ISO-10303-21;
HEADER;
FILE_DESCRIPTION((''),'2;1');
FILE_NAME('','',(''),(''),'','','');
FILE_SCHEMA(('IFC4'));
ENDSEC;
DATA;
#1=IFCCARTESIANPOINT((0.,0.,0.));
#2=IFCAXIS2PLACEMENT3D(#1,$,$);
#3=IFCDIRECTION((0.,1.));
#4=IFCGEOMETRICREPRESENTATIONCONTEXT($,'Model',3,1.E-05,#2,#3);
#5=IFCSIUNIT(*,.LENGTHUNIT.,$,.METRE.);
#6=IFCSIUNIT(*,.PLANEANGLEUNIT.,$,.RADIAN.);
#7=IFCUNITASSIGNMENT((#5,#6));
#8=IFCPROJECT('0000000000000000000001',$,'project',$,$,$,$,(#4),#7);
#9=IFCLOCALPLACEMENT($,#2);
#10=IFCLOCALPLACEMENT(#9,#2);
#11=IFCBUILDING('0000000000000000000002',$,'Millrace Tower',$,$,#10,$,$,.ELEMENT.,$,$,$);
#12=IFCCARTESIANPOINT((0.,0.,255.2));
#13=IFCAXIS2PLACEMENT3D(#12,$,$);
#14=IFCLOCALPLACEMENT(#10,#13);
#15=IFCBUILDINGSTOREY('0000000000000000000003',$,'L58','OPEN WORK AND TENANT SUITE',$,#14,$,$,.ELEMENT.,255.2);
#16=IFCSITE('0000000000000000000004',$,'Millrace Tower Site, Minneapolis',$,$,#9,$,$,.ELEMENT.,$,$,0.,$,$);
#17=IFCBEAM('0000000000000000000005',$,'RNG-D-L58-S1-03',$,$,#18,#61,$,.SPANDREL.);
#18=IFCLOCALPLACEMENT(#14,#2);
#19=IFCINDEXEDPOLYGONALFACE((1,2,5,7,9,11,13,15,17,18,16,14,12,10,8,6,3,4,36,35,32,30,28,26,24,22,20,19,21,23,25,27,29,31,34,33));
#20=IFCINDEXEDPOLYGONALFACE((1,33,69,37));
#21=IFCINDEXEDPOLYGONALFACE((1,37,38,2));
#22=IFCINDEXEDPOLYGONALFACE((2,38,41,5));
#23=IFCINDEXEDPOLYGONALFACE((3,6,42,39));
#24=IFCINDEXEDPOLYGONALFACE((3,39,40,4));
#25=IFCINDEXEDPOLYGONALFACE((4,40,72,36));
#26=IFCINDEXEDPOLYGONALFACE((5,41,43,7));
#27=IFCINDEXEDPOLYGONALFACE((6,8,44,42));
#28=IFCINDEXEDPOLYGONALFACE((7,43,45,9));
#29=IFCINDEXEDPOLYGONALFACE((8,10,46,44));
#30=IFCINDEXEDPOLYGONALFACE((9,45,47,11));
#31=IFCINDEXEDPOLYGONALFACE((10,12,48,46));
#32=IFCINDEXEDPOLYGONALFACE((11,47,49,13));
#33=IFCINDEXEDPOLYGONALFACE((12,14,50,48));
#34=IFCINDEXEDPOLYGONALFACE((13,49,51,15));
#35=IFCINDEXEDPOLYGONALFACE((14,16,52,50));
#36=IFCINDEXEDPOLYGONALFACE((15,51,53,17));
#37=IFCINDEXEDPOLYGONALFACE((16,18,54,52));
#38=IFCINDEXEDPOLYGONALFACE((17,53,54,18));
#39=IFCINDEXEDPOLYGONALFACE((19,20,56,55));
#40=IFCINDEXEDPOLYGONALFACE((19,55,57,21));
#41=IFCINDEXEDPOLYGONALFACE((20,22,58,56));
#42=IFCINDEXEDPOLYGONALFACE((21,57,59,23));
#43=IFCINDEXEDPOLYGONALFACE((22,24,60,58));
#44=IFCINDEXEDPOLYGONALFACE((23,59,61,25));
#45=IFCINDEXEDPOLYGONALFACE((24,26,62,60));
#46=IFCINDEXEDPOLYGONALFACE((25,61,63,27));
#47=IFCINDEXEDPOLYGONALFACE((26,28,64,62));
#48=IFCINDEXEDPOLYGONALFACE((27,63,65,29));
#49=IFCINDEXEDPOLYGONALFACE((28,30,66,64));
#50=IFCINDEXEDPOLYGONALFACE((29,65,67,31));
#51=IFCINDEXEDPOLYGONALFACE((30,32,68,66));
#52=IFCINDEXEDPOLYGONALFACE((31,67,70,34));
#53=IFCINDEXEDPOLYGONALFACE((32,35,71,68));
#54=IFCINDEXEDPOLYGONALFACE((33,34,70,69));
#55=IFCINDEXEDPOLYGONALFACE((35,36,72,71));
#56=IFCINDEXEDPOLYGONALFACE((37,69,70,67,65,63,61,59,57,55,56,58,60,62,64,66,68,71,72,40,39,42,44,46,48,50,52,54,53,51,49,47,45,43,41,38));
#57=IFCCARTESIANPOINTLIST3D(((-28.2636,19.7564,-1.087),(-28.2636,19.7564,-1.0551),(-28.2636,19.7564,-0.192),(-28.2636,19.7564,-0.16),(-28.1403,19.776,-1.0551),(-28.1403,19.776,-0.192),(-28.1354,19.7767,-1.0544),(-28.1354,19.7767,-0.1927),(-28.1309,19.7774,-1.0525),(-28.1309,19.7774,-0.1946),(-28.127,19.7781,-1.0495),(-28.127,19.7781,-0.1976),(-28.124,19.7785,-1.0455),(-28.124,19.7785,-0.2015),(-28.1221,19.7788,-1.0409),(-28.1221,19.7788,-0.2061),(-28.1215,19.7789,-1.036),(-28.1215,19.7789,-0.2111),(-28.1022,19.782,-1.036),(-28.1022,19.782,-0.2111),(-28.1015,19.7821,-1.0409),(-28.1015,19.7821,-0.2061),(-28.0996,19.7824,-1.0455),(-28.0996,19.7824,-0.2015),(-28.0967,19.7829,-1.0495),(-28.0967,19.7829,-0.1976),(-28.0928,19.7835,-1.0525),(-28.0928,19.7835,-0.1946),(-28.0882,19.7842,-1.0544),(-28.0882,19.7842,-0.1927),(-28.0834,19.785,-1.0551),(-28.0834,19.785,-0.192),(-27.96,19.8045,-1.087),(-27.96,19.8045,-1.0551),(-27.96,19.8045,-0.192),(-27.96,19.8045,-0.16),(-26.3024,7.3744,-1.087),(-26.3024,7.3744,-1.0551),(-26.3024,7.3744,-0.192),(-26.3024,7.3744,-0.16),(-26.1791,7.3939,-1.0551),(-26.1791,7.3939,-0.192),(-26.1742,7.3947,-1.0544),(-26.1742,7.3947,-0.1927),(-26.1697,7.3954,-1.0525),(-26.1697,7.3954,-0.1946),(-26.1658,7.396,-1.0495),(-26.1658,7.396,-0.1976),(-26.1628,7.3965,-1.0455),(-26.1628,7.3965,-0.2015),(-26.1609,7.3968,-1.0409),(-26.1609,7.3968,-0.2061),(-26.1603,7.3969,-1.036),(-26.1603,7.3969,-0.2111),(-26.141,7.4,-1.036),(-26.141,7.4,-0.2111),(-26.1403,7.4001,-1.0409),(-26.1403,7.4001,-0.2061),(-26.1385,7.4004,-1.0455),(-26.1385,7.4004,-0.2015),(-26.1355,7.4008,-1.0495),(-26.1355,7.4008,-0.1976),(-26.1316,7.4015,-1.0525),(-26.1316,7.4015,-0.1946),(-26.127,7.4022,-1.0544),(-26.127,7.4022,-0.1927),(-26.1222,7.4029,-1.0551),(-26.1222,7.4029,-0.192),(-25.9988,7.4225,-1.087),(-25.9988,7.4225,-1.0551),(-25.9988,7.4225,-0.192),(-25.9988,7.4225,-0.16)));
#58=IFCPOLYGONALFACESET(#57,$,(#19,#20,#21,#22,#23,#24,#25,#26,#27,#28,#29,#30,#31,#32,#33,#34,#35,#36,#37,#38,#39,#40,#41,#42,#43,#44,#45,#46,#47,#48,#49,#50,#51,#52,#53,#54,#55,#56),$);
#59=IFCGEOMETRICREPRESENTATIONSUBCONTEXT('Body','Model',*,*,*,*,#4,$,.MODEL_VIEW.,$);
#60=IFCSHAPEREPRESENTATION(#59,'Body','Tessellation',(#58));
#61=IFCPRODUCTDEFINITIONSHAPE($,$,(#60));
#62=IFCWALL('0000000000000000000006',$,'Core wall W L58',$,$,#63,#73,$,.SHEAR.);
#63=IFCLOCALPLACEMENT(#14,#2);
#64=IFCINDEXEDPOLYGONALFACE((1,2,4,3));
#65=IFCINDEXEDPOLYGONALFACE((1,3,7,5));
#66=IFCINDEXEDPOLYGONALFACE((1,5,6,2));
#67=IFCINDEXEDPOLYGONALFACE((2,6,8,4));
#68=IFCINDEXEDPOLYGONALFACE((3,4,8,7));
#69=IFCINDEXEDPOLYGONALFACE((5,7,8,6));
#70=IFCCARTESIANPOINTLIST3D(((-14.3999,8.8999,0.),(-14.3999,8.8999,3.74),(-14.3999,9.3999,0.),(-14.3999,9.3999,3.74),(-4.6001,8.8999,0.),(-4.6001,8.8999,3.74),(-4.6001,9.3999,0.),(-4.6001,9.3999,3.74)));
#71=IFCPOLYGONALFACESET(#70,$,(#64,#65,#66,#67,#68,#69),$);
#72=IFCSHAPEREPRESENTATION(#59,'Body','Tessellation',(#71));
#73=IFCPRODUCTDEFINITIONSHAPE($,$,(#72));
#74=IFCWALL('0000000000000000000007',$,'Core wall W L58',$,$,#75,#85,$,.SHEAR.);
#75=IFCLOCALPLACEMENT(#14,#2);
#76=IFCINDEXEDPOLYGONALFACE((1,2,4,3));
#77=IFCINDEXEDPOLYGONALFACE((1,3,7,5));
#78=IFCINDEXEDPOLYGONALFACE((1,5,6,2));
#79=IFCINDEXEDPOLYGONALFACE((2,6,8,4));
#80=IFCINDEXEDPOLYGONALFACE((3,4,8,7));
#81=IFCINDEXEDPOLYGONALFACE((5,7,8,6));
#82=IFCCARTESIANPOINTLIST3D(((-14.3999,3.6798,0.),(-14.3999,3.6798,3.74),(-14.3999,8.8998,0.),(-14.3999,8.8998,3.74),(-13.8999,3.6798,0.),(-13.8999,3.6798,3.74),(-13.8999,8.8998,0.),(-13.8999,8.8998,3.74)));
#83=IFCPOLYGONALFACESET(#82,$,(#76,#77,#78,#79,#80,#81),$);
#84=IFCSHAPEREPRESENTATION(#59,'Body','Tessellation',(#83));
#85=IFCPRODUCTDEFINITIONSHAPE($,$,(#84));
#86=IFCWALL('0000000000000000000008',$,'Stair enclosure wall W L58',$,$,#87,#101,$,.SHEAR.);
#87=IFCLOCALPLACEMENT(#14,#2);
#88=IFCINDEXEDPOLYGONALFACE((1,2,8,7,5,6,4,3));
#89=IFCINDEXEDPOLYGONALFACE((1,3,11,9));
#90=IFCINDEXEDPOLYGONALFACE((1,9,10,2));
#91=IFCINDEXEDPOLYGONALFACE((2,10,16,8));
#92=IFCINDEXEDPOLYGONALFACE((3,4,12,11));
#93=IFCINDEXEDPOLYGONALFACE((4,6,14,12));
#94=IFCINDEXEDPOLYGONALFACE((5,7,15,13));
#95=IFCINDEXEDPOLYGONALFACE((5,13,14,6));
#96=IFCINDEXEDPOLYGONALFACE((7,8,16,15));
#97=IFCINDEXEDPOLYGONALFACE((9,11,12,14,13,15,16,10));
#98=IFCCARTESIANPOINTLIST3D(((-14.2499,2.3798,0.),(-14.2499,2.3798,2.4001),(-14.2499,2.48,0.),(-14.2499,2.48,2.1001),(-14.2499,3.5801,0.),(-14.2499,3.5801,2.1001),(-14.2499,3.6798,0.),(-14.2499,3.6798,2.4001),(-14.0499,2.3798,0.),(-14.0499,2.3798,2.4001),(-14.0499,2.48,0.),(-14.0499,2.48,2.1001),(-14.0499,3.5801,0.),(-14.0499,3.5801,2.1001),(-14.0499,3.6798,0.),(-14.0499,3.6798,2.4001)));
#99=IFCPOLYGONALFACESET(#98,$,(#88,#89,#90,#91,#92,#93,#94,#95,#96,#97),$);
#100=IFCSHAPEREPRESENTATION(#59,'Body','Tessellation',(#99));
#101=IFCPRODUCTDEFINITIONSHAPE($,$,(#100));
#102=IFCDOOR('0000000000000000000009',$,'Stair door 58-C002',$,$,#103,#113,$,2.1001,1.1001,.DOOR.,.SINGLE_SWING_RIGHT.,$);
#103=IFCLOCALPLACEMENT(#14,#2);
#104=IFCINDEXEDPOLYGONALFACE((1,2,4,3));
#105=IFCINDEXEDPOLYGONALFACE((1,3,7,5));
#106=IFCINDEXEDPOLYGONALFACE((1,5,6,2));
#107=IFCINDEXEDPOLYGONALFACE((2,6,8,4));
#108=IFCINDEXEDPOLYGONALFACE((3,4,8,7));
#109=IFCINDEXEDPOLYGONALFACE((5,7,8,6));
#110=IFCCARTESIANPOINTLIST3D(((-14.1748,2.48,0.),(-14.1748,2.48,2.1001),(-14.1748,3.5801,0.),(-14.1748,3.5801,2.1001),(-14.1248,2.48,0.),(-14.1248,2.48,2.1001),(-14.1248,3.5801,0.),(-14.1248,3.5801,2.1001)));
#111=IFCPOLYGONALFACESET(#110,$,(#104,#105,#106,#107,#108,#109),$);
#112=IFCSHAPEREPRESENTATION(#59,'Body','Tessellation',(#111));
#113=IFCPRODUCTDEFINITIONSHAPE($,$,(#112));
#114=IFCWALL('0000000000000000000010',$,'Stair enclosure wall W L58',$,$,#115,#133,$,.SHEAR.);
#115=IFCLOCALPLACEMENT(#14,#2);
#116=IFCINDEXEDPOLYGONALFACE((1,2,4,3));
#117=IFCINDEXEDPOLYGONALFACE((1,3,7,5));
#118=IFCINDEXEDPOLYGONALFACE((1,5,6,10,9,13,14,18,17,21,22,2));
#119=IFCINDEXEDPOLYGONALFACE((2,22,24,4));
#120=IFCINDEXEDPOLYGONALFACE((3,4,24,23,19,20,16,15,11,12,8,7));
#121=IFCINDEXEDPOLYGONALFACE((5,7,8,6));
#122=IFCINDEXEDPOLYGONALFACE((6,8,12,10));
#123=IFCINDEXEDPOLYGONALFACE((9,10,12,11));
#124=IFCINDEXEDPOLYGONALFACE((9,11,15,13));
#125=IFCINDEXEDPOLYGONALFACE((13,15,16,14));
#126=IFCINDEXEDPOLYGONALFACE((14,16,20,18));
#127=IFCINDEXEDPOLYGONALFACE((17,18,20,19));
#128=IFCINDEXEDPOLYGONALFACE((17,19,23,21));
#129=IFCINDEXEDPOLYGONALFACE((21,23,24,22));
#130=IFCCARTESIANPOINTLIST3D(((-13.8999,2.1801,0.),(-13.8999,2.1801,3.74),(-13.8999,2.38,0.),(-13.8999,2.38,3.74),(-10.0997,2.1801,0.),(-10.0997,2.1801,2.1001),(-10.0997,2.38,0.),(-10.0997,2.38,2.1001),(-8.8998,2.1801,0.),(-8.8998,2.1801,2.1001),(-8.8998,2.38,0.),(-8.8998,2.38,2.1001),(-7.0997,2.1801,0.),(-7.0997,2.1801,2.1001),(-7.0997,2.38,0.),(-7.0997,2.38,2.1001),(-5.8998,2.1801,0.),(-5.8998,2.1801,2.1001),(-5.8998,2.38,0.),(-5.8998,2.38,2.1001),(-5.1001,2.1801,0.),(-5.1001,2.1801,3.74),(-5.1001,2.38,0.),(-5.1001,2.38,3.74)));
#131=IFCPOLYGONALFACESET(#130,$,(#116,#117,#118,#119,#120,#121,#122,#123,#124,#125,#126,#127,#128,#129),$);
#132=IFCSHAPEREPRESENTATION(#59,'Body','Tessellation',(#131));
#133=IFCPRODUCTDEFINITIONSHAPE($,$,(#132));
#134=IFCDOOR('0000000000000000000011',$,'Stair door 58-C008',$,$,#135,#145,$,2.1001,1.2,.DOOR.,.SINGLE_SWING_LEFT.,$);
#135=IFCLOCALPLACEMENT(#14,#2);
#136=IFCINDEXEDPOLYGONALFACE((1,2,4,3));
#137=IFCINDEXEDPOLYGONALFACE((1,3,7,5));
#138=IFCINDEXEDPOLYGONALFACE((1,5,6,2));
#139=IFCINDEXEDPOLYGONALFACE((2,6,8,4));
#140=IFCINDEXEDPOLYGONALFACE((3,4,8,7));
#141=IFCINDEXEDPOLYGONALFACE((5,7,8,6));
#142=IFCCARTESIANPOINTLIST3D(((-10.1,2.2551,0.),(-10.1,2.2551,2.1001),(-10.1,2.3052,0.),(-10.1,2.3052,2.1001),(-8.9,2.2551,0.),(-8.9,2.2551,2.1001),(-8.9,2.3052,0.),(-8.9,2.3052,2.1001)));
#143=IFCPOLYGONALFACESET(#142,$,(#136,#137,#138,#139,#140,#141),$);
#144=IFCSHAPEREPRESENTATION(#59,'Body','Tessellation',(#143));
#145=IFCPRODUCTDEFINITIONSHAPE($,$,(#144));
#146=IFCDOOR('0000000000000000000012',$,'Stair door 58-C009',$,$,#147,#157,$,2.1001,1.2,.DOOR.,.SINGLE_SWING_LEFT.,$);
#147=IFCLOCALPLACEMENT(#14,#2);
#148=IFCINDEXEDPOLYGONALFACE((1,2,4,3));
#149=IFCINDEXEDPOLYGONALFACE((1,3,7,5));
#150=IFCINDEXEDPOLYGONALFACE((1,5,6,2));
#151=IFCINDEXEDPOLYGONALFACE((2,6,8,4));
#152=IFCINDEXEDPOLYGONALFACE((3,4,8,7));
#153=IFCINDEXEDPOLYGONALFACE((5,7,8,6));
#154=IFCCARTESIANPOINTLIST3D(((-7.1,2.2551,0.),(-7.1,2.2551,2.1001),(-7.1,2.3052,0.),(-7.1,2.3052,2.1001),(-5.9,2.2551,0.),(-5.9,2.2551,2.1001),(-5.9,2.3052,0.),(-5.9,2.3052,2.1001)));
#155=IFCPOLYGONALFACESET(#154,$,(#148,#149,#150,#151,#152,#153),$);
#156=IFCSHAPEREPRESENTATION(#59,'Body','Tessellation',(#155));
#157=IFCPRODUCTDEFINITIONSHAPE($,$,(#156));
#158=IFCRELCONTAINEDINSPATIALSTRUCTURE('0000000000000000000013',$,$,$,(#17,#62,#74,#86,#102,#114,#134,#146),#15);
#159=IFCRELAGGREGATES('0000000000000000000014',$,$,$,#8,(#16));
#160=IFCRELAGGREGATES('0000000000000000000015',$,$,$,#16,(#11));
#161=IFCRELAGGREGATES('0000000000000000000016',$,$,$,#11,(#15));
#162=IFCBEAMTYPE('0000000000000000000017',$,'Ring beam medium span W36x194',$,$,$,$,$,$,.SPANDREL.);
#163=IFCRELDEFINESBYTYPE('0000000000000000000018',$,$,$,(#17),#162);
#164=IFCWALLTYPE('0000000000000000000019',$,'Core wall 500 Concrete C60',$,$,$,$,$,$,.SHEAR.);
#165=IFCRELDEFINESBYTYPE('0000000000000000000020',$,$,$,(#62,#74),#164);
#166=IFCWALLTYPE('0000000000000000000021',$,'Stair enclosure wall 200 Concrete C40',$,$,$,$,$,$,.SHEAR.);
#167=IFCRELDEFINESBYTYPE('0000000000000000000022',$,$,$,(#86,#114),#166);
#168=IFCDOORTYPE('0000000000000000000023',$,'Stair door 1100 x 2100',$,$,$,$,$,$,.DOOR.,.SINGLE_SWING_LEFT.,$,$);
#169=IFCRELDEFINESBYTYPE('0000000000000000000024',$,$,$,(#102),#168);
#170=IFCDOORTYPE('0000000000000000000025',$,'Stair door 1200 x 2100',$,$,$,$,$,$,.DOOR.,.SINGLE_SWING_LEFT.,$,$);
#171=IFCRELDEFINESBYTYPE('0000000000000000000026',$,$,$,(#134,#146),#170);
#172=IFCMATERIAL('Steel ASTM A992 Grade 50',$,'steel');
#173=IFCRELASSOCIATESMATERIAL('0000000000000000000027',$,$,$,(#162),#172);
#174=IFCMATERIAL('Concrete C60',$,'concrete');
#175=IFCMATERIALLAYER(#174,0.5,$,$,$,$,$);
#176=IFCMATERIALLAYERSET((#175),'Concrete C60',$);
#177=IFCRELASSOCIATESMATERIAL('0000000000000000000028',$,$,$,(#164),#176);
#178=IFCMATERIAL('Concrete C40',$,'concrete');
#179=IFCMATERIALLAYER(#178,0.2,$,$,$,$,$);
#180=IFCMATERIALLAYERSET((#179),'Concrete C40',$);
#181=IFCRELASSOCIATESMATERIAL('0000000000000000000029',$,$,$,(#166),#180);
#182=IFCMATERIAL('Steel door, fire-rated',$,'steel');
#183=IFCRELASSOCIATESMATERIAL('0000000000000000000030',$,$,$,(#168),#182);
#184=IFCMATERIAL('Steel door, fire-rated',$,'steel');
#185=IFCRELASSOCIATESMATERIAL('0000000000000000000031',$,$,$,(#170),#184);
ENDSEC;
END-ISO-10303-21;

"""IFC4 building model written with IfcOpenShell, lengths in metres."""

from ifc_helpers import new_model, si_unit, direction, frame, frame_2d, origin, origin_2d, place, context, subcontext, project, spatial, rectangle, i_section, extrude, material, layer, layer_set, material_profile, profile_set, type_object, element, fill, save


model = new_model("IFC4")

# Units and contexts
model_context = context("Model", 3, precision=1e-05, world=origin(), true_north=direction((0.0, 1.0)))
body_context = subcontext(model_context, "Body", "Model", "MODEL_VIEW")
ifc_project = project(units=[si_unit("LENGTHUNIT", "METRE"), si_unit("PLANEANGLEUNIT", "RADIAN")], contexts=[model_context])

# Site, building, storey
site_placement = place(None, origin())
site = spatial("IfcSite", under=ifc_project, at=site_placement, Name="Millrace Tower Site, Minneapolis", CompositionType="ELEMENT", RefElevation=0.0)
building_placement = place(site_placement, origin())
building = spatial("IfcBuilding", under=site, at=building_placement, Name="Millrace Tower", CompositionType="ELEMENT")
storey_placement = place(building_placement, frame((0.0, 0.0, 255.2)))
storey = spatial("IfcBuildingStorey", under=building, at=storey_placement, Name="L58", Description="OPEN WORK AND TENANT SUITE", CompositionType="ELEMENT", Elevation=255.2)

# Beam
ifc_material_1 = material(Name="Steel ASTM A992 Grade 50", Category="steel")
ifc_material_profile_1 = material_profile(ifc_material_1, i_section(OverallWidth=0.3074, OverallDepth=0.927, WebThickness=0.0195, FlangeThickness=0.032, FilletRadius=0.019, at=origin_2d()))
ifc_profile_set_1 = profile_set([ifc_material_profile_1], Name="Steel ASTM A992 Grade 50")
beam_type_1 = type_object("IfcBeamType", Name="Ring beam medium span W36x194", PredefinedType="SPANDREL", material=ifc_profile_set_1)
beam_1_placement = place(storey_placement, frame((-26.1506, 7.3984, -0.6235), z_axis=(-0.156439, 0.987688, 0.0), x_axis=(-0.987688, -0.156439, 0.0)))
element("IfcBeam", 1, at=beam_1_placement, inside=storey, type_object=beam_type_1, Name="RNG-D-L58-S1-03", PredefinedType="SPANDREL", context=body_context, shape_type="SweptSolid", body=[
    extrude(i_section(OverallWidth=0.3074, OverallDepth=0.927, WebThickness=0.0195, FlangeThickness=0.032, FilletRadius=0.019, at=origin_2d()), origin(), (0.0, 0.0, 1.0), 12.5364),
])

# Walls
ifc_material_2 = material(Name="Concrete C60", Category="concrete")
ifc_layer_1 = layer(ifc_material_2, 0.5)
ifc_layer_set_1 = layer_set([ifc_layer_1], Name="Concrete C60")
wall_type_1 = type_object("IfcWallType", Name="Core wall 500 Concrete C60", PredefinedType="SHEAR", material=ifc_layer_set_1)
wall_1_placement = place(storey_placement, frame((-14.3999, 9.1499, 0.0), z_axis=(0.0, 0.0, 1.0), x_axis=(1.0, 0.0, 0.0)))
element("IfcWall", 2, at=wall_1_placement, inside=storey, type_object=wall_type_1, Name="Core wall W L58", PredefinedType="SHEAR", context=body_context, shape_type="SweptSolid", body=[
    extrude(rectangle(XDim=9.7998, YDim=0.5, at=frame_2d((4.8999, 0.0))), origin(), (0.0, 0.0, 1.0), 3.74),
])
wall_2_placement = place(storey_placement, frame((-14.1499, 3.6799, 0.0), z_axis=(0.0, 0.0, 1.0), x_axis=(0.0, 1.0, 0.0)))
element("IfcWall", 3, at=wall_2_placement, inside=storey, type_object=wall_type_1, Name="Core wall W L58", PredefinedType="SHEAR", context=body_context, shape_type="SweptSolid", body=[
    extrude(rectangle(XDim=5.22, YDim=0.5, at=frame_2d((2.6099, 0.0))), origin(), (0.0, 0.0, 1.0), 3.74),
])

# Wall, opening, door
ifc_material_3 = material(Name="Concrete C40", Category="concrete")
ifc_layer_2 = layer(ifc_material_3, 0.2)
ifc_layer_set_2 = layer_set([ifc_layer_2], Name="Concrete C40")
wall_type_2 = type_object("IfcWallType", Name="Stair enclosure wall 200 Concrete C40", PredefinedType="SHEAR", material=ifc_layer_set_2)
wall_3_placement = place(storey_placement, frame((-14.1499, 2.3799, 0.0), z_axis=(0.0, 0.0, 1.0), x_axis=(0.0, 1.0, 0.0)))
wall_3 = element("IfcWall", 4, at=wall_3_placement, inside=storey, type_object=wall_type_2, Name="Stair enclosure wall W L58", PredefinedType="SHEAR", context=body_context, shape_type="SweptSolid", body=[
    extrude(rectangle(XDim=1.3, YDim=0.2, at=frame_2d((0.6499, 0.0))), origin(), (0.0, 0.0, 1.0), 2.4001),
])
opening_1_placement = place(wall_3_placement, frame((0.1001, 0.0, 0.0)))
opening_1 = element("IfcOpeningElement", 5, at=opening_1_placement, cuts=wall_3, PredefinedType="OPENING", context=body_context, shape_type="SweptSolid", body=[
    extrude(rectangle(XDim=1.1001, YDim=2.1001, at=frame_2d((0.55, 1.05))), frame((0.0, 0.1099, 0.0), z_axis=(0.0, -1.0, 0.0), x_axis=(1.0, 0.0, 0.0)), (0.0, 0.0, 1.0), 0.22),
])
ifc_material_4 = material(Name="Steel door, fire-rated", Category="steel")
door_type_1 = type_object("IfcDoorType", Name="Stair door 1100 x 2100", OperationType="SINGLE_SWING_LEFT", PredefinedType="DOOR", material=ifc_material_4)
door_1_placement = place(opening_1_placement, origin())
door_1 = element("IfcDoor", 6, at=door_1_placement, inside=storey, type_object=door_type_1, Name="Stair door 58-C002", OperationType="SINGLE_SWING_RIGHT", OverallHeight=2.1001, OverallWidth=1.1001, PredefinedType="DOOR", context=body_context, shape_type="SweptSolid", body=[
    extrude(rectangle(XDim=1.1001, YDim=2.1001, at=frame_2d((0.55, 1.05))), frame((0.0, 0.0249, 0.0), z_axis=(0.0, -1.0, 0.0), x_axis=(1.0, 0.0, 0.0)), (0.0, 0.0, 1.0), 0.05),
])
fill(opening_1, door_1)

# Wall, openings, doors
wall_4_placement = place(storey_placement, frame((-13.8999, 2.28, 0.0), z_axis=(0.0, 0.0, 1.0), x_axis=(1.0, 0.0, 0.0)))
wall_4 = element("IfcWall", 7, at=wall_4_placement, inside=storey, type_object=wall_type_2, Name="Stair enclosure wall W L58", PredefinedType="SHEAR", context=body_context, shape_type="SweptSolid", body=[
    extrude(rectangle(XDim=8.7998, YDim=0.2, at=frame_2d((4.3999, 0.0))), origin(), (0.0, 0.0, 1.0), 3.74),
])
opening_2_placement = place(wall_4_placement, frame((3.8, 0.0, 0.0)))
opening_2 = element("IfcOpeningElement", 8, at=opening_2_placement, cuts=wall_4, PredefinedType="OPENING", context=body_context, shape_type="SweptSolid", body=[
    extrude(rectangle(XDim=1.2, YDim=2.1001, at=frame_2d((0.6001, 1.05))), frame((0.0, 0.1099, 0.0), z_axis=(0.0, -1.0, 0.0), x_axis=(1.0, 0.0, 0.0)), (0.0, 0.0, 1.0), 0.22),
])
opening_3_placement = place(wall_4_placement, frame((6.8, 0.0, 0.0)))
opening_3 = element("IfcOpeningElement", 9, at=opening_3_placement, cuts=wall_4, PredefinedType="OPENING", context=body_context, shape_type="SweptSolid", body=[
    extrude(rectangle(XDim=1.2, YDim=2.1001, at=frame_2d((0.6001, 1.05))), frame((0.0, 0.1099, 0.0), z_axis=(0.0, -1.0, 0.0), x_axis=(1.0, 0.0, 0.0)), (0.0, 0.0, 1.0), 0.22),
])
ifc_material_5 = material(Name="Steel door, fire-rated", Category="steel")
door_type_2 = type_object("IfcDoorType", Name="Stair door 1200 x 2100", OperationType="SINGLE_SWING_LEFT", PredefinedType="DOOR", material=ifc_material_5)
door_2_placement = place(opening_2_placement, frame((1.2, 0.0, 0.0), z_axis=(0.0, 0.0, 1.0), x_axis=(-1.0, 0.0, 0.0)))
door_2 = element("IfcDoor", 10, at=door_2_placement, inside=storey, type_object=door_type_2, Name="Stair door 58-C008", OperationType="SINGLE_SWING_LEFT", OverallHeight=2.1001, OverallWidth=1.2, PredefinedType="DOOR", context=body_context, shape_type="SweptSolid", body=[
    extrude(rectangle(XDim=1.2, YDim=2.1001, at=frame_2d((0.6001, 1.05))), frame((0.0, 0.0249, 0.0), z_axis=(0.0, -1.0, 0.0), x_axis=(1.0, 0.0, 0.0)), (0.0, 0.0, 1.0), 0.05),
])
fill(opening_2, door_2)
door_3_placement = place(opening_3_placement, frame((1.2, 0.0, 0.0), z_axis=(0.0, 0.0, 1.0), x_axis=(-1.0, 0.0, 0.0)))
door_3 = element("IfcDoor", 11, at=door_3_placement, inside=storey, type_object=door_type_2, Name="Stair door 58-C009", OperationType="SINGLE_SWING_LEFT", OverallHeight=2.1001, OverallWidth=1.2, PredefinedType="DOOR", context=body_context, shape_type="SweptSolid", body=[
    extrude(rectangle(XDim=1.2, YDim=2.1001, at=frame_2d((0.6001, 1.05))), frame((0.0, 0.0249, 0.0), z_axis=(0.0, -1.0, 0.0), x_axis=(1.0, 0.0, 0.0)), (0.0, 0.0, 1.0), 0.05),
])
fill(opening_3, door_3)

save(model, "model.ifc")
